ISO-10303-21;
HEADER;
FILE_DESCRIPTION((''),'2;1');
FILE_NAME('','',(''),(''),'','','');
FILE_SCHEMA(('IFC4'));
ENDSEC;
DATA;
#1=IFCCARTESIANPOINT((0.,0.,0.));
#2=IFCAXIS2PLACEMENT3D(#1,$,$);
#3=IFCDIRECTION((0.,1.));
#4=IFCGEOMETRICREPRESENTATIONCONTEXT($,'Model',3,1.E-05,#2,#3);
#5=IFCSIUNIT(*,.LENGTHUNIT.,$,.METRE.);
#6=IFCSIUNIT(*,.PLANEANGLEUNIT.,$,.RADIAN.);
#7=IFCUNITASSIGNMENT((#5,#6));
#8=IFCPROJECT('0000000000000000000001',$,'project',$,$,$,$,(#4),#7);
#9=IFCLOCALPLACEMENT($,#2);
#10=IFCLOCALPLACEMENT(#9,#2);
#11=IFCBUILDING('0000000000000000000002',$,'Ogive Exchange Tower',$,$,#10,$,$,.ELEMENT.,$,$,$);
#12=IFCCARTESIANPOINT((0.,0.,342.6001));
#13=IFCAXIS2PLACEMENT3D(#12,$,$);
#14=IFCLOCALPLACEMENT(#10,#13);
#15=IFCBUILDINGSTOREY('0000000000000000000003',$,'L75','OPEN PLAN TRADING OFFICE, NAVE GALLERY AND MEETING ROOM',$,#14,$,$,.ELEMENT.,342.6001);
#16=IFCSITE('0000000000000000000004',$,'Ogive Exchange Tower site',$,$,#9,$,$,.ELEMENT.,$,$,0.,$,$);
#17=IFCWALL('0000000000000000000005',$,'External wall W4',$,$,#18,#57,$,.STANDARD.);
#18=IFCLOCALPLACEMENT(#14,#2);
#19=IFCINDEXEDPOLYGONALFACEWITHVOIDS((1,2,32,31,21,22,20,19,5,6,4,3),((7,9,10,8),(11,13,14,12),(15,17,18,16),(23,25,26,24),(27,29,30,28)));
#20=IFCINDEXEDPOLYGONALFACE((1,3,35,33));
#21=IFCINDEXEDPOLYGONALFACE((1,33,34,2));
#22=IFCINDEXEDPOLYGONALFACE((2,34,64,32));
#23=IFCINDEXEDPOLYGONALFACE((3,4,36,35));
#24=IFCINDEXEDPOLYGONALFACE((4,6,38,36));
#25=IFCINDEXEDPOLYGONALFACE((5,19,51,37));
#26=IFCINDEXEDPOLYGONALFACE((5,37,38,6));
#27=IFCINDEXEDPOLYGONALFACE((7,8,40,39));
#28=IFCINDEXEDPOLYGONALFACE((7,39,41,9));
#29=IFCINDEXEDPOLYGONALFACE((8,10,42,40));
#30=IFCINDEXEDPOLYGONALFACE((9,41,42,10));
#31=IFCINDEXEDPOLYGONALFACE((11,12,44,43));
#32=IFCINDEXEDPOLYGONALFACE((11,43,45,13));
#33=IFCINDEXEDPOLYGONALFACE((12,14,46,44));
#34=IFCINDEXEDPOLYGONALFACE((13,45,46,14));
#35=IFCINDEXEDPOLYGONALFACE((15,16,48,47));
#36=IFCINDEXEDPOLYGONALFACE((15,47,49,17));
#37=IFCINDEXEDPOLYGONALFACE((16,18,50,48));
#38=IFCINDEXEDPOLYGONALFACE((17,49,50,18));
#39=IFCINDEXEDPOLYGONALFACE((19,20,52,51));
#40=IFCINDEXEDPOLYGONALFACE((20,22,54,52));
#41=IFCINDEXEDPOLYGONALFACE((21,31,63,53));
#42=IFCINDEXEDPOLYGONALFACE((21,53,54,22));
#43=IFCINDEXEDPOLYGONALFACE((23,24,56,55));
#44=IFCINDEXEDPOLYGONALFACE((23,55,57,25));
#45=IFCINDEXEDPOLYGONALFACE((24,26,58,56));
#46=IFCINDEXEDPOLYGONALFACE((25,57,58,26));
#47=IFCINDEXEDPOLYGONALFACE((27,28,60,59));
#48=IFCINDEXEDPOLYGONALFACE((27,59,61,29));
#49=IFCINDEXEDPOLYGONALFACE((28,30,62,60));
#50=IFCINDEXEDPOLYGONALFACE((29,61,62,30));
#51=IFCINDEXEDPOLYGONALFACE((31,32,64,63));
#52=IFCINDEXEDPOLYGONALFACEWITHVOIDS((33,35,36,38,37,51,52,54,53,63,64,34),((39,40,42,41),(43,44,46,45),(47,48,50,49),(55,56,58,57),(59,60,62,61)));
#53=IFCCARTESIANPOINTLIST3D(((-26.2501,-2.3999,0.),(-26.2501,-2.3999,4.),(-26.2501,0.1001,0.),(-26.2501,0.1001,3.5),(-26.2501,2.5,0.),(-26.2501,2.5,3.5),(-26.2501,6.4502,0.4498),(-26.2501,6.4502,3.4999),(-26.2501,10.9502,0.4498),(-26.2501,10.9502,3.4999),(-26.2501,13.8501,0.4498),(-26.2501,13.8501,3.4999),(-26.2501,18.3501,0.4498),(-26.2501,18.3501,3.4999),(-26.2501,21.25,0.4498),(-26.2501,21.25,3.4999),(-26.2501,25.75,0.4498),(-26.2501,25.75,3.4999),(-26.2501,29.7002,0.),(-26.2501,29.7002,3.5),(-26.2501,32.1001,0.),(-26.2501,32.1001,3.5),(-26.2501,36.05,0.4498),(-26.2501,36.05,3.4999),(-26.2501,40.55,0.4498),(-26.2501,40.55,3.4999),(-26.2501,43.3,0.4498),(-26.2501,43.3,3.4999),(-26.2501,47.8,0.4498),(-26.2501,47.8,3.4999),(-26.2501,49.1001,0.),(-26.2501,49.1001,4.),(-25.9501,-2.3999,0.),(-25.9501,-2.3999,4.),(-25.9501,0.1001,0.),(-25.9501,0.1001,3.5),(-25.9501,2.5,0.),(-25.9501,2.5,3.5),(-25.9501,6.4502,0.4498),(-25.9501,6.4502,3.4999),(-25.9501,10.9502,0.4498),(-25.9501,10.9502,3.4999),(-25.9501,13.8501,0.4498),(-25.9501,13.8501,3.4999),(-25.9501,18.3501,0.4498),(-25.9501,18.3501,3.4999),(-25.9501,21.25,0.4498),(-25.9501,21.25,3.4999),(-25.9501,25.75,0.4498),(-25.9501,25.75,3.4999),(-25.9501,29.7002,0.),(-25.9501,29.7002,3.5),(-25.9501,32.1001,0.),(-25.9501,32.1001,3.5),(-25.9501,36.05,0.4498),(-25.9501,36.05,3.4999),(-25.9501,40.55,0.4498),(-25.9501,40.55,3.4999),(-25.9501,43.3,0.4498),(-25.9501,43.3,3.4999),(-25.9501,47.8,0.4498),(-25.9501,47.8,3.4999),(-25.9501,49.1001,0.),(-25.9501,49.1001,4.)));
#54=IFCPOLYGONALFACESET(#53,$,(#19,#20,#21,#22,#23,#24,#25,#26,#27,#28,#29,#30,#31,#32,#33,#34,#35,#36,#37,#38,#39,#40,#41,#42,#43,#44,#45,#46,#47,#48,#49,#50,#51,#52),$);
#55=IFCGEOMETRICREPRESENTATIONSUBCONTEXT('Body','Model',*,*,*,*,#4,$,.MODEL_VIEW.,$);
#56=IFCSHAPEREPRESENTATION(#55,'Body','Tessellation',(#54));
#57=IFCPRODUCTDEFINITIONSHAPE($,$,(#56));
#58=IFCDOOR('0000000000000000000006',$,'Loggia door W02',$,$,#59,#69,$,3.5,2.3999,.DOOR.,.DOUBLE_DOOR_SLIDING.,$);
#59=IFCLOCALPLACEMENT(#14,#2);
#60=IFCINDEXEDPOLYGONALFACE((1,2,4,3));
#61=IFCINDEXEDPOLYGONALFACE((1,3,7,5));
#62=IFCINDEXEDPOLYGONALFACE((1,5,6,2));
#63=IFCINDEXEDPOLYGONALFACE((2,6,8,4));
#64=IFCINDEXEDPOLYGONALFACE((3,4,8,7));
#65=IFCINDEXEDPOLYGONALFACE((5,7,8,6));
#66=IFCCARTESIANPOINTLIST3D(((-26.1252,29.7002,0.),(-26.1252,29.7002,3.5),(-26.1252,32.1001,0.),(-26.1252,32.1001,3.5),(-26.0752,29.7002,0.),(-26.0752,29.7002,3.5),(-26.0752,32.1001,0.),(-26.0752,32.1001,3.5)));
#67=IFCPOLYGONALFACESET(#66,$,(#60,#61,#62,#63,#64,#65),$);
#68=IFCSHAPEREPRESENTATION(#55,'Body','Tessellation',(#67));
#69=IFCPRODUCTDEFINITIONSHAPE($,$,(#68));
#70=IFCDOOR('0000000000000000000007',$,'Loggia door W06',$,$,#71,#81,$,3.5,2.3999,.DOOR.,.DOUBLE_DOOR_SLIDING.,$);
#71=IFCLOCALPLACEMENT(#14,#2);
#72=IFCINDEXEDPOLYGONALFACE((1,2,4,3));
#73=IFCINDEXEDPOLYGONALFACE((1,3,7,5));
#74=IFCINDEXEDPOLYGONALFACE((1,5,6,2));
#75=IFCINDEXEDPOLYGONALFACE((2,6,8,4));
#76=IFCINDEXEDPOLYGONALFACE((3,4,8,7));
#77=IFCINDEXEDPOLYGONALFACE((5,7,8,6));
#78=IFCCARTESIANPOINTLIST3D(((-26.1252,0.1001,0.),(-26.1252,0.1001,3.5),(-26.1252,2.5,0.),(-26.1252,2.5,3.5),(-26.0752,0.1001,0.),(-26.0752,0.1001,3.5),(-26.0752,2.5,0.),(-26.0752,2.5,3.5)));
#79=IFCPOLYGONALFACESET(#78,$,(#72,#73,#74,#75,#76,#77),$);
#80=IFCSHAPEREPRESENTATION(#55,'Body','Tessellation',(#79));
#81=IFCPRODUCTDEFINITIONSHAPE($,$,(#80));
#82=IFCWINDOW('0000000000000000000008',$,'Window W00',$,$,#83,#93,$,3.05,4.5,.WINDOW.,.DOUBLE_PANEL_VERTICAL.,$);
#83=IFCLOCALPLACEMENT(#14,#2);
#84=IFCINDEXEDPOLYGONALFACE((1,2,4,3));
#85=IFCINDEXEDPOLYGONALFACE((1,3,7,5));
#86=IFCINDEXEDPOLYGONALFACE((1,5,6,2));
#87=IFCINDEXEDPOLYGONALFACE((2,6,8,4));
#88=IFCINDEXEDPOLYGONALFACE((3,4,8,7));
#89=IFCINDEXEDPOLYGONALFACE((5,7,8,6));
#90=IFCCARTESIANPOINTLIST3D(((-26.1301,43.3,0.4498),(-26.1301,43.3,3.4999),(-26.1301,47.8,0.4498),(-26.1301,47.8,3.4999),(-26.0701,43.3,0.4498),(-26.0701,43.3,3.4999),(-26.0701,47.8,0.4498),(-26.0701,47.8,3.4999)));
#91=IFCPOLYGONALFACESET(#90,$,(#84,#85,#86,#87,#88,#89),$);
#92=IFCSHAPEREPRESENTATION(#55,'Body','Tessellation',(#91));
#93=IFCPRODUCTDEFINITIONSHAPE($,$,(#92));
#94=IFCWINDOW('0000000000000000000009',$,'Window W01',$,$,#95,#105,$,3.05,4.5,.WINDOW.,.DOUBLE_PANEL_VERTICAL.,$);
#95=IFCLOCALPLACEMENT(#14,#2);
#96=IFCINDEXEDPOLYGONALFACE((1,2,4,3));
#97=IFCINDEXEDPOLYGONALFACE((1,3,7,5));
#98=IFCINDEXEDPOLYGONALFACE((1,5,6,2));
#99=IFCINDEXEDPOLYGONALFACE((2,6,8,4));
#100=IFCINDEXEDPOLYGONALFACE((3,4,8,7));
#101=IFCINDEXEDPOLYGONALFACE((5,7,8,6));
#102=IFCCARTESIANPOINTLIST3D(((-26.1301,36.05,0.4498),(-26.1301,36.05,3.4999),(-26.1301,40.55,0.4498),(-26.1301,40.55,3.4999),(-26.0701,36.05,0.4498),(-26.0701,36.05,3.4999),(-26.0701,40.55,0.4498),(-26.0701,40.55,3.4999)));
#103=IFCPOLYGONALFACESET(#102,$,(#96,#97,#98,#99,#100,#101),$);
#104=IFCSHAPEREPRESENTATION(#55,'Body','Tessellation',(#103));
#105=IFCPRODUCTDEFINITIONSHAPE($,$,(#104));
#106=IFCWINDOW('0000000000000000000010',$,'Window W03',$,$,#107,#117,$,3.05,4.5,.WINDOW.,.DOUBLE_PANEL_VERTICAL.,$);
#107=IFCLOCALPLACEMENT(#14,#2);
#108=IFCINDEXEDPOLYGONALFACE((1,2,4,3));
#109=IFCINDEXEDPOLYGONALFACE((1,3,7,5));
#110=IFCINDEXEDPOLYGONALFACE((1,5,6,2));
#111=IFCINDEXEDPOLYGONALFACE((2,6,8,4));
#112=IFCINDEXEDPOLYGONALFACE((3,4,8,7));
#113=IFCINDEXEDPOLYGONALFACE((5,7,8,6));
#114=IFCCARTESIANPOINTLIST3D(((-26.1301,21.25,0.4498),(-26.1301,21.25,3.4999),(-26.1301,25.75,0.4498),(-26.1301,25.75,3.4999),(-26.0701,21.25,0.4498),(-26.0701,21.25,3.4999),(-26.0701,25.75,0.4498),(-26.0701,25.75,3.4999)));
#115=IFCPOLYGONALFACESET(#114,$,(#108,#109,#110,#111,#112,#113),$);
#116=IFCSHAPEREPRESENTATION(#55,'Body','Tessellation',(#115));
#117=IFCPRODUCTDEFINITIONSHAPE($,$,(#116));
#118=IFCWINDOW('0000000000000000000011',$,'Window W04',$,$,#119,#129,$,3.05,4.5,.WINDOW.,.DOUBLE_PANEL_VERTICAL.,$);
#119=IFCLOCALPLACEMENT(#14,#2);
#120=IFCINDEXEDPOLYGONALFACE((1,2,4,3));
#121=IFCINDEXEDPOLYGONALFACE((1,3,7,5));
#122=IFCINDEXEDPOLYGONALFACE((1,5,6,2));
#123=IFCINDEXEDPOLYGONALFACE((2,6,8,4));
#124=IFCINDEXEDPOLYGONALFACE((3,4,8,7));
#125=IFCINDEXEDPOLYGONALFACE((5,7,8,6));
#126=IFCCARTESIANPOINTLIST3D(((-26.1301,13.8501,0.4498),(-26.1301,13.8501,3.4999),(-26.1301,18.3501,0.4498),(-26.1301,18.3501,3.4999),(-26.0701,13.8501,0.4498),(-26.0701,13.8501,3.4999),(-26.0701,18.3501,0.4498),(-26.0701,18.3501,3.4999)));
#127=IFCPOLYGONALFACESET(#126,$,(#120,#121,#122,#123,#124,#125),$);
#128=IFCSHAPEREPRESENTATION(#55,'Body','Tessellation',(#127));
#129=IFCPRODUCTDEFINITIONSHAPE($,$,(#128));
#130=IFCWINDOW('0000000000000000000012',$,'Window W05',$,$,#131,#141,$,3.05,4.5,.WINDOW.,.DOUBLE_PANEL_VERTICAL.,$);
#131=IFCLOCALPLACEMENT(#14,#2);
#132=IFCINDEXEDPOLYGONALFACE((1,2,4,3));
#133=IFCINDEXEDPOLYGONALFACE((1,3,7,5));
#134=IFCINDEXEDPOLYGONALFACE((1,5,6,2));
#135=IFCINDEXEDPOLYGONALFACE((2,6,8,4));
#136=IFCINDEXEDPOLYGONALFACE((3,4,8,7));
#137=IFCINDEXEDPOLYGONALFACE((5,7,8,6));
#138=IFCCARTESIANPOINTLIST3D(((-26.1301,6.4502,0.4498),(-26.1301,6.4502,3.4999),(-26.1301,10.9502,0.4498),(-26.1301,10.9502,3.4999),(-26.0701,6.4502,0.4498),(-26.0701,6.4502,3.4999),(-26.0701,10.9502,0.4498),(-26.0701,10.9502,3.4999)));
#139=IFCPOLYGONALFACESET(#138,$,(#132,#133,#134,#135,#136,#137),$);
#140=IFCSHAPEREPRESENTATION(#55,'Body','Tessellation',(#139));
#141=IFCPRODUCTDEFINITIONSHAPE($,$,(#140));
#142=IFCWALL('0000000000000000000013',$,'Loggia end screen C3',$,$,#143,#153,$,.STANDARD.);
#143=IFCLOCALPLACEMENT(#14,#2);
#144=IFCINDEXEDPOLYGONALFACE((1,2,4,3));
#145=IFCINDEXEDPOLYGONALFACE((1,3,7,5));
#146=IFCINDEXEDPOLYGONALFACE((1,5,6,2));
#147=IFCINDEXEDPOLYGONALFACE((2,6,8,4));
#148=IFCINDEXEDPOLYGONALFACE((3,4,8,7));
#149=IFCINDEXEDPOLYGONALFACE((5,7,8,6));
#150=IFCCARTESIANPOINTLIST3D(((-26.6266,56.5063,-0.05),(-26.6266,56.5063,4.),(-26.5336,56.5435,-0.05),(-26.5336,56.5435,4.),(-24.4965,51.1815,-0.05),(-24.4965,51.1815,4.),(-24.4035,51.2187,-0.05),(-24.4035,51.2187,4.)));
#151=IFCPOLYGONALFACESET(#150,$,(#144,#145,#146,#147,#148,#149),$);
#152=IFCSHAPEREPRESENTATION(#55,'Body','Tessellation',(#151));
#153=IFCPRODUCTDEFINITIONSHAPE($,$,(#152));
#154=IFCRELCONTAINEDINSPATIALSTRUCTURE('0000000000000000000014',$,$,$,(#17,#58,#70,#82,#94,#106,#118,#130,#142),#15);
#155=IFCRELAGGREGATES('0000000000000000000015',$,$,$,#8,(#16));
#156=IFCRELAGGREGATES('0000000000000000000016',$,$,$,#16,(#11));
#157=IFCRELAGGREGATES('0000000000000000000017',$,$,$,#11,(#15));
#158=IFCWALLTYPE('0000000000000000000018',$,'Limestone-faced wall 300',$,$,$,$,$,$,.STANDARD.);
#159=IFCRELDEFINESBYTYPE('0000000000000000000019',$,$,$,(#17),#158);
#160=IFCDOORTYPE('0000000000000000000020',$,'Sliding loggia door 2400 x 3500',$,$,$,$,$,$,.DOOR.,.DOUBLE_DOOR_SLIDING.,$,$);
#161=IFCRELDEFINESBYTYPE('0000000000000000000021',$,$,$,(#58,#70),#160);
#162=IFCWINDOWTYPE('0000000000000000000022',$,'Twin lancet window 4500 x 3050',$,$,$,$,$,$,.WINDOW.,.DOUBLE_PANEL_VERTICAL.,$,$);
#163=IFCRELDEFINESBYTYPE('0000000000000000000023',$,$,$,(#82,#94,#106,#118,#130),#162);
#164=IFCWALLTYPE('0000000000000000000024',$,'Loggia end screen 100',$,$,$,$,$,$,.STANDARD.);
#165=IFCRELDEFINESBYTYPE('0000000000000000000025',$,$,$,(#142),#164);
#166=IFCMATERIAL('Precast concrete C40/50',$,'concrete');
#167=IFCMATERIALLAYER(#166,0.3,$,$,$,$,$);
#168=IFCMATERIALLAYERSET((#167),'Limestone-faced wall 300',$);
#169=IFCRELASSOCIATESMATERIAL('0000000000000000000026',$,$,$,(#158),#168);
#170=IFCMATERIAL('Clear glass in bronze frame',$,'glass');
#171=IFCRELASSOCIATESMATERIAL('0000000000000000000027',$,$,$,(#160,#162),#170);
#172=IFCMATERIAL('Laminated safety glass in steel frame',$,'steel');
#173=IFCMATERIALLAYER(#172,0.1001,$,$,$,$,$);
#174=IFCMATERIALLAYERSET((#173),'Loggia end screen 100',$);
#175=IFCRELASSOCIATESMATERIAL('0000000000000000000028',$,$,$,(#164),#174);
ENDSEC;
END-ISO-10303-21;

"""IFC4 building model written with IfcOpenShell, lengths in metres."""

from ifc_helpers import new_model, si_unit, direction, frame, frame_2d, origin, place, context, subcontext, project, spatial, rectangle, extrude, material, layer, layer_set, type_object, element, fill, save


model = new_model("IFC4")

# Units and contexts
model_context = context("Model", 3, precision=1e-05, world=origin(), true_north=direction((0.0, 1.0)))
body_context = subcontext(model_context, "Body", "Model", "MODEL_VIEW")
ifc_project = project(units=[si_unit("LENGTHUNIT", "METRE"), si_unit("PLANEANGLEUNIT", "RADIAN")], contexts=[model_context])

# Site, building, storey
site_placement = place(None, origin())
site = spatial("IfcSite", under=ifc_project, at=site_placement, Name="Ogive Exchange Tower site", CompositionType="ELEMENT", RefElevation=0.0)
building_placement = place(site_placement, origin())
building = spatial("IfcBuilding", under=site, at=building_placement, Name="Ogive Exchange Tower", CompositionType="ELEMENT")
storey_placement = place(building_placement, frame((0.0, 0.0, 342.6001)))
storey = spatial("IfcBuildingStorey", under=building, at=storey_placement, Name="L75", Description="OPEN PLAN TRADING OFFICE, NAVE GALLERY AND MEETING ROOM", CompositionType="ELEMENT", Elevation=342.6001)

# Wall, openings, doors, windows
ifc_material_1 = material(Name="Precast concrete C40/50", Category="concrete")
ifc_layer_1 = layer(ifc_material_1, 0.3)
ifc_layer_set_1 = layer_set([ifc_layer_1], Name="Limestone-faced wall 300")
wall_type_1 = type_object("IfcWallType", Name="Limestone-faced wall 300", PredefinedType="STANDARD", material=ifc_layer_set_1)
wall_1_placement = place(storey_placement, frame((-26.1001, 49.1001, 0.0), z_axis=(0.0, 0.0, 1.0), x_axis=(0.0, -1.0, 0.0)))
wall_1 = element("IfcWall", 1, at=wall_1_placement, inside=storey, type_object=wall_type_1, Name="External wall W4", PredefinedType="STANDARD", context=body_context, shape_type="SweptSolid", body=[
    extrude(rectangle(XDim=51.5, YDim=0.3, at=frame_2d((25.75, 0.0))), origin(), (0.0, 0.0, 1.0), 4.0),
])
opening_1_placement = place(wall_1_placement, frame((1.3, 0.0, 0.45)))
opening_1 = element("IfcOpeningElement", 2, at=opening_1_placement, cuts=wall_1, PredefinedType="OPENING", context=body_context, shape_type="SweptSolid", body=[
    extrude(rectangle(XDim=4.5, YDim=3.05, at=frame_2d((2.25, 1.5249))), frame((0.0, 0.1599, 0.0), z_axis=(0.0, -1.0, 0.0), x_axis=(1.0, 0.0, 0.0)), (0.0, 0.0, 1.0), 0.3201),
])
opening_2_placement = place(wall_1_placement, frame((8.55, 0.0, 0.45)))
opening_2 = element("IfcOpeningElement", 3, at=opening_2_placement, cuts=wall_1, PredefinedType="OPENING", context=body_context, shape_type="SweptSolid", body=[
    extrude(rectangle(XDim=4.5, YDim=3.05, at=frame_2d((2.25, 1.5249))), frame((0.0, 0.1599, 0.0), z_axis=(0.0, -1.0, 0.0), x_axis=(1.0, 0.0, 0.0)), (0.0, 0.0, 1.0), 0.3201),
])
opening_3_placement = place(wall_1_placement, frame((17.0, 0.0, 0.0)))
opening_3 = element("IfcOpeningElement", 4, at=opening_3_placement, cuts=wall_1, PredefinedType="OPENING", context=body_context, shape_type="SweptSolid", body=[
    extrude(rectangle(XDim=2.3999, YDim=3.5, at=frame_2d((1.2, 1.75))), frame((0.0, 0.1599, 0.0), z_axis=(0.0, -1.0, 0.0), x_axis=(1.0, 0.0, 0.0)), (0.0, 0.0, 1.0), 0.3201),
])
opening_4_placement = place(wall_1_placement, frame((23.3501, 0.0, 0.45)))
opening_4 = element("IfcOpeningElement", 5, at=opening_4_placement, cuts=wall_1, PredefinedType="OPENING", context=body_context, shape_type="SweptSolid", body=[
    extrude(rectangle(XDim=4.5, YDim=3.05, at=frame_2d((2.25, 1.5249))), frame((0.0, 0.1599, 0.0), z_axis=(0.0, -1.0, 0.0), x_axis=(1.0, 0.0, 0.0)), (0.0, 0.0, 1.0), 0.3201),
])
opening_5_placement = place(wall_1_placement, frame((30.75, 0.0, 0.45)))
opening_5 = element("IfcOpeningElement", 6, at=opening_5_placement, cuts=wall_1, PredefinedType="OPENING", context=body_context, shape_type="SweptSolid", body=[
    extrude(rectangle(XDim=4.5, YDim=3.05, at=frame_2d((2.25, 1.5249))), frame((0.0, 0.1599, 0.0), z_axis=(0.0, -1.0, 0.0), x_axis=(1.0, 0.0, 0.0)), (0.0, 0.0, 1.0), 0.3201),
])
opening_6_placement = place(wall_1_placement, frame((38.1499, 0.0, 0.45)))
opening_6 = element("IfcOpeningElement", 7, at=opening_6_placement, cuts=wall_1, PredefinedType="OPENING", context=body_context, shape_type="SweptSolid", body=[
    extrude(rectangle(XDim=4.5, YDim=3.05, at=frame_2d((2.25, 1.5249))), frame((0.0, 0.1599, 0.0), z_axis=(0.0, -1.0, 0.0), x_axis=(1.0, 0.0, 0.0)), (0.0, 0.0, 1.0), 0.3201),
])
opening_7_placement = place(wall_1_placement, frame((46.6001, 0.0, 0.0)))
opening_7 = element("IfcOpeningElement", 8, at=opening_7_placement, cuts=wall_1, PredefinedType="OPENING", context=body_context, shape_type="SweptSolid", body=[
    extrude(rectangle(XDim=2.3999, YDim=3.5, at=frame_2d((1.2, 1.75))), frame((0.0, 0.1599, 0.0), z_axis=(0.0, -1.0, 0.0), x_axis=(1.0, 0.0, 0.0)), (0.0, 0.0, 1.0), 0.3201),
])
ifc_material_2 = material(Name="Clear glass in bronze frame", Category="glass")
door_type_1 = type_object("IfcDoorType", Name="Sliding loggia door 2400 x 3500", OperationType="DOUBLE_DOOR_SLIDING", PredefinedType="DOOR", material=ifc_material_2)
door_1_placement = place(opening_3_placement, origin())
door_1 = element("IfcDoor", 9, at=door_1_placement, inside=storey, type_object=door_type_1, Name="Loggia door W02", OperationType="DOUBLE_DOOR_SLIDING", OverallHeight=3.5, OverallWidth=2.3999, PredefinedType="DOOR", context=body_context, shape_type="SweptSolid", body=[
    extrude(rectangle(XDim=2.3999, YDim=3.5, at=frame_2d((1.2, 1.75))), frame((0.0, 0.0249, 0.0), z_axis=(0.0, -1.0, 0.0), x_axis=(1.0, 0.0, 0.0)), (0.0, 0.0, 1.0), 0.05),
])
fill(opening_3, door_1)
door_2_placement = place(opening_7_placement, origin())
door_2 = element("IfcDoor", 10, at=door_2_placement, inside=storey, type_object=door_type_1, Name="Loggia door W06", OperationType="DOUBLE_DOOR_SLIDING", OverallHeight=3.5, OverallWidth=2.3999, PredefinedType="DOOR", context=body_context, shape_type="SweptSolid", body=[
    extrude(rectangle(XDim=2.3999, YDim=3.5, at=frame_2d((1.2, 1.75))), frame((0.0, 0.0249, 0.0), z_axis=(0.0, -1.0, 0.0), x_axis=(1.0, 0.0, 0.0)), (0.0, 0.0, 1.0), 0.05),
])
fill(opening_7, door_2)
window_type = type_object("IfcWindowType", Name="Twin lancet window 4500 x 3050", PartitioningType="DOUBLE_PANEL_VERTICAL", PredefinedType="WINDOW", material=ifc_material_2)
window_1_placement = place(opening_1_placement, origin())
window_1 = element("IfcWindow", 11, at=window_1_placement, inside=storey, type_object=window_type, Name="Window W00", OverallHeight=3.05, OverallWidth=4.5, PartitioningType="DOUBLE_PANEL_VERTICAL", PredefinedType="WINDOW", context=body_context, shape_type="SweptSolid", body=[
    extrude(rectangle(XDim=4.5, YDim=3.05, at=frame_2d((2.25, 1.5249))), frame((0.0, 0.03, 0.0), z_axis=(0.0, -1.0, 0.0), x_axis=(1.0, 0.0, 0.0)), (0.0, 0.0, 1.0), 0.0601),
])
fill(opening_1, window_1)
window_2_placement = place(opening_2_placement, origin())
window_2 = element("IfcWindow", 12, at=window_2_placement, inside=storey, type_object=window_type, Name="Window W01", OverallHeight=3.05, OverallWidth=4.5, PartitioningType="DOUBLE_PANEL_VERTICAL", PredefinedType="WINDOW", context=body_context, shape_type="SweptSolid", body=[
    extrude(rectangle(XDim=4.5, YDim=3.05, at=frame_2d((2.25, 1.5249))), frame((0.0, 0.03, 0.0), z_axis=(0.0, -1.0, 0.0), x_axis=(1.0, 0.0, 0.0)), (0.0, 0.0, 1.0), 0.0601),
])
fill(opening_2, window_2)
window_3_placement = place(opening_4_placement, origin())
window_3 = element("IfcWindow", 13, at=window_3_placement, inside=storey, type_object=window_type, Name="Window W03", OverallHeight=3.05, OverallWidth=4.5, PartitioningType="DOUBLE_PANEL_VERTICAL", PredefinedType="WINDOW", context=body_context, shape_type="SweptSolid", body=[
    extrude(rectangle(XDim=4.5, YDim=3.05, at=frame_2d((2.25, 1.5249))), frame((0.0, 0.03, 0.0), z_axis=(0.0, -1.0, 0.0), x_axis=(1.0, 0.0, 0.0)), (0.0, 0.0, 1.0), 0.0601),
])
fill(opening_4, window_3)
window_4_placement = place(opening_5_placement, origin())
window_4 = element("IfcWindow", 14, at=window_4_placement, inside=storey, type_object=window_type, Name="Window W04", OverallHeight=3.05, OverallWidth=4.5, PartitioningType="DOUBLE_PANEL_VERTICAL", PredefinedType="WINDOW", context=body_context, shape_type="SweptSolid", body=[
    extrude(rectangle(XDim=4.5, YDim=3.05, at=frame_2d((2.25, 1.5249))), frame((0.0, 0.03, 0.0), z_axis=(0.0, -1.0, 0.0), x_axis=(1.0, 0.0, 0.0)), (0.0, 0.0, 1.0), 0.0601),
])
fill(opening_5, window_4)
window_5_placement = place(opening_6_placement, origin())
window_5 = element("IfcWindow", 15, at=window_5_placement, inside=storey, type_object=window_type, Name="Window W05", OverallHeight=3.05, OverallWidth=4.5, PartitioningType="DOUBLE_PANEL_VERTICAL", PredefinedType="WINDOW", context=body_context, shape_type="SweptSolid", body=[
    extrude(rectangle(XDim=4.5, YDim=3.05, at=frame_2d((2.25, 1.5249))), frame((0.0, 0.03, 0.0), z_axis=(0.0, -1.0, 0.0), x_axis=(1.0, 0.0, 0.0)), (0.0, 0.0, 1.0), 0.0601),
])
fill(opening_6, window_5)

# Wall
ifc_material_3 = material(Name="Laminated safety glass in steel frame", Category="steel")
ifc_layer_2 = layer(ifc_material_3, 0.1001)
ifc_layer_set_2 = layer_set([ifc_layer_2], Name="Loggia end screen 100")
wall_type_2 = type_object("IfcWallType", Name="Loggia end screen 100", PredefinedType="STANDARD", material=ifc_layer_set_2)
wall_2_placement = place(storey_placement, frame((-24.45, 51.2, -0.05), z_axis=(0.0, 0.0, 1.0), x_axis=(-0.371413, 0.928468, 0.0)))
element("IfcWall", 16, at=wall_2_placement, inside=storey, type_object=wall_type_2, Name="Loggia end screen C3", PredefinedType="STANDARD", context=body_context, shape_type="SweptSolid", body=[
    extrude(rectangle(XDim=5.7351, YDim=0.1001, at=frame_2d((2.8677, 0.0))), origin(), (0.0, 0.0, 1.0), 4.05),
])

save(model, "model.ifc")
